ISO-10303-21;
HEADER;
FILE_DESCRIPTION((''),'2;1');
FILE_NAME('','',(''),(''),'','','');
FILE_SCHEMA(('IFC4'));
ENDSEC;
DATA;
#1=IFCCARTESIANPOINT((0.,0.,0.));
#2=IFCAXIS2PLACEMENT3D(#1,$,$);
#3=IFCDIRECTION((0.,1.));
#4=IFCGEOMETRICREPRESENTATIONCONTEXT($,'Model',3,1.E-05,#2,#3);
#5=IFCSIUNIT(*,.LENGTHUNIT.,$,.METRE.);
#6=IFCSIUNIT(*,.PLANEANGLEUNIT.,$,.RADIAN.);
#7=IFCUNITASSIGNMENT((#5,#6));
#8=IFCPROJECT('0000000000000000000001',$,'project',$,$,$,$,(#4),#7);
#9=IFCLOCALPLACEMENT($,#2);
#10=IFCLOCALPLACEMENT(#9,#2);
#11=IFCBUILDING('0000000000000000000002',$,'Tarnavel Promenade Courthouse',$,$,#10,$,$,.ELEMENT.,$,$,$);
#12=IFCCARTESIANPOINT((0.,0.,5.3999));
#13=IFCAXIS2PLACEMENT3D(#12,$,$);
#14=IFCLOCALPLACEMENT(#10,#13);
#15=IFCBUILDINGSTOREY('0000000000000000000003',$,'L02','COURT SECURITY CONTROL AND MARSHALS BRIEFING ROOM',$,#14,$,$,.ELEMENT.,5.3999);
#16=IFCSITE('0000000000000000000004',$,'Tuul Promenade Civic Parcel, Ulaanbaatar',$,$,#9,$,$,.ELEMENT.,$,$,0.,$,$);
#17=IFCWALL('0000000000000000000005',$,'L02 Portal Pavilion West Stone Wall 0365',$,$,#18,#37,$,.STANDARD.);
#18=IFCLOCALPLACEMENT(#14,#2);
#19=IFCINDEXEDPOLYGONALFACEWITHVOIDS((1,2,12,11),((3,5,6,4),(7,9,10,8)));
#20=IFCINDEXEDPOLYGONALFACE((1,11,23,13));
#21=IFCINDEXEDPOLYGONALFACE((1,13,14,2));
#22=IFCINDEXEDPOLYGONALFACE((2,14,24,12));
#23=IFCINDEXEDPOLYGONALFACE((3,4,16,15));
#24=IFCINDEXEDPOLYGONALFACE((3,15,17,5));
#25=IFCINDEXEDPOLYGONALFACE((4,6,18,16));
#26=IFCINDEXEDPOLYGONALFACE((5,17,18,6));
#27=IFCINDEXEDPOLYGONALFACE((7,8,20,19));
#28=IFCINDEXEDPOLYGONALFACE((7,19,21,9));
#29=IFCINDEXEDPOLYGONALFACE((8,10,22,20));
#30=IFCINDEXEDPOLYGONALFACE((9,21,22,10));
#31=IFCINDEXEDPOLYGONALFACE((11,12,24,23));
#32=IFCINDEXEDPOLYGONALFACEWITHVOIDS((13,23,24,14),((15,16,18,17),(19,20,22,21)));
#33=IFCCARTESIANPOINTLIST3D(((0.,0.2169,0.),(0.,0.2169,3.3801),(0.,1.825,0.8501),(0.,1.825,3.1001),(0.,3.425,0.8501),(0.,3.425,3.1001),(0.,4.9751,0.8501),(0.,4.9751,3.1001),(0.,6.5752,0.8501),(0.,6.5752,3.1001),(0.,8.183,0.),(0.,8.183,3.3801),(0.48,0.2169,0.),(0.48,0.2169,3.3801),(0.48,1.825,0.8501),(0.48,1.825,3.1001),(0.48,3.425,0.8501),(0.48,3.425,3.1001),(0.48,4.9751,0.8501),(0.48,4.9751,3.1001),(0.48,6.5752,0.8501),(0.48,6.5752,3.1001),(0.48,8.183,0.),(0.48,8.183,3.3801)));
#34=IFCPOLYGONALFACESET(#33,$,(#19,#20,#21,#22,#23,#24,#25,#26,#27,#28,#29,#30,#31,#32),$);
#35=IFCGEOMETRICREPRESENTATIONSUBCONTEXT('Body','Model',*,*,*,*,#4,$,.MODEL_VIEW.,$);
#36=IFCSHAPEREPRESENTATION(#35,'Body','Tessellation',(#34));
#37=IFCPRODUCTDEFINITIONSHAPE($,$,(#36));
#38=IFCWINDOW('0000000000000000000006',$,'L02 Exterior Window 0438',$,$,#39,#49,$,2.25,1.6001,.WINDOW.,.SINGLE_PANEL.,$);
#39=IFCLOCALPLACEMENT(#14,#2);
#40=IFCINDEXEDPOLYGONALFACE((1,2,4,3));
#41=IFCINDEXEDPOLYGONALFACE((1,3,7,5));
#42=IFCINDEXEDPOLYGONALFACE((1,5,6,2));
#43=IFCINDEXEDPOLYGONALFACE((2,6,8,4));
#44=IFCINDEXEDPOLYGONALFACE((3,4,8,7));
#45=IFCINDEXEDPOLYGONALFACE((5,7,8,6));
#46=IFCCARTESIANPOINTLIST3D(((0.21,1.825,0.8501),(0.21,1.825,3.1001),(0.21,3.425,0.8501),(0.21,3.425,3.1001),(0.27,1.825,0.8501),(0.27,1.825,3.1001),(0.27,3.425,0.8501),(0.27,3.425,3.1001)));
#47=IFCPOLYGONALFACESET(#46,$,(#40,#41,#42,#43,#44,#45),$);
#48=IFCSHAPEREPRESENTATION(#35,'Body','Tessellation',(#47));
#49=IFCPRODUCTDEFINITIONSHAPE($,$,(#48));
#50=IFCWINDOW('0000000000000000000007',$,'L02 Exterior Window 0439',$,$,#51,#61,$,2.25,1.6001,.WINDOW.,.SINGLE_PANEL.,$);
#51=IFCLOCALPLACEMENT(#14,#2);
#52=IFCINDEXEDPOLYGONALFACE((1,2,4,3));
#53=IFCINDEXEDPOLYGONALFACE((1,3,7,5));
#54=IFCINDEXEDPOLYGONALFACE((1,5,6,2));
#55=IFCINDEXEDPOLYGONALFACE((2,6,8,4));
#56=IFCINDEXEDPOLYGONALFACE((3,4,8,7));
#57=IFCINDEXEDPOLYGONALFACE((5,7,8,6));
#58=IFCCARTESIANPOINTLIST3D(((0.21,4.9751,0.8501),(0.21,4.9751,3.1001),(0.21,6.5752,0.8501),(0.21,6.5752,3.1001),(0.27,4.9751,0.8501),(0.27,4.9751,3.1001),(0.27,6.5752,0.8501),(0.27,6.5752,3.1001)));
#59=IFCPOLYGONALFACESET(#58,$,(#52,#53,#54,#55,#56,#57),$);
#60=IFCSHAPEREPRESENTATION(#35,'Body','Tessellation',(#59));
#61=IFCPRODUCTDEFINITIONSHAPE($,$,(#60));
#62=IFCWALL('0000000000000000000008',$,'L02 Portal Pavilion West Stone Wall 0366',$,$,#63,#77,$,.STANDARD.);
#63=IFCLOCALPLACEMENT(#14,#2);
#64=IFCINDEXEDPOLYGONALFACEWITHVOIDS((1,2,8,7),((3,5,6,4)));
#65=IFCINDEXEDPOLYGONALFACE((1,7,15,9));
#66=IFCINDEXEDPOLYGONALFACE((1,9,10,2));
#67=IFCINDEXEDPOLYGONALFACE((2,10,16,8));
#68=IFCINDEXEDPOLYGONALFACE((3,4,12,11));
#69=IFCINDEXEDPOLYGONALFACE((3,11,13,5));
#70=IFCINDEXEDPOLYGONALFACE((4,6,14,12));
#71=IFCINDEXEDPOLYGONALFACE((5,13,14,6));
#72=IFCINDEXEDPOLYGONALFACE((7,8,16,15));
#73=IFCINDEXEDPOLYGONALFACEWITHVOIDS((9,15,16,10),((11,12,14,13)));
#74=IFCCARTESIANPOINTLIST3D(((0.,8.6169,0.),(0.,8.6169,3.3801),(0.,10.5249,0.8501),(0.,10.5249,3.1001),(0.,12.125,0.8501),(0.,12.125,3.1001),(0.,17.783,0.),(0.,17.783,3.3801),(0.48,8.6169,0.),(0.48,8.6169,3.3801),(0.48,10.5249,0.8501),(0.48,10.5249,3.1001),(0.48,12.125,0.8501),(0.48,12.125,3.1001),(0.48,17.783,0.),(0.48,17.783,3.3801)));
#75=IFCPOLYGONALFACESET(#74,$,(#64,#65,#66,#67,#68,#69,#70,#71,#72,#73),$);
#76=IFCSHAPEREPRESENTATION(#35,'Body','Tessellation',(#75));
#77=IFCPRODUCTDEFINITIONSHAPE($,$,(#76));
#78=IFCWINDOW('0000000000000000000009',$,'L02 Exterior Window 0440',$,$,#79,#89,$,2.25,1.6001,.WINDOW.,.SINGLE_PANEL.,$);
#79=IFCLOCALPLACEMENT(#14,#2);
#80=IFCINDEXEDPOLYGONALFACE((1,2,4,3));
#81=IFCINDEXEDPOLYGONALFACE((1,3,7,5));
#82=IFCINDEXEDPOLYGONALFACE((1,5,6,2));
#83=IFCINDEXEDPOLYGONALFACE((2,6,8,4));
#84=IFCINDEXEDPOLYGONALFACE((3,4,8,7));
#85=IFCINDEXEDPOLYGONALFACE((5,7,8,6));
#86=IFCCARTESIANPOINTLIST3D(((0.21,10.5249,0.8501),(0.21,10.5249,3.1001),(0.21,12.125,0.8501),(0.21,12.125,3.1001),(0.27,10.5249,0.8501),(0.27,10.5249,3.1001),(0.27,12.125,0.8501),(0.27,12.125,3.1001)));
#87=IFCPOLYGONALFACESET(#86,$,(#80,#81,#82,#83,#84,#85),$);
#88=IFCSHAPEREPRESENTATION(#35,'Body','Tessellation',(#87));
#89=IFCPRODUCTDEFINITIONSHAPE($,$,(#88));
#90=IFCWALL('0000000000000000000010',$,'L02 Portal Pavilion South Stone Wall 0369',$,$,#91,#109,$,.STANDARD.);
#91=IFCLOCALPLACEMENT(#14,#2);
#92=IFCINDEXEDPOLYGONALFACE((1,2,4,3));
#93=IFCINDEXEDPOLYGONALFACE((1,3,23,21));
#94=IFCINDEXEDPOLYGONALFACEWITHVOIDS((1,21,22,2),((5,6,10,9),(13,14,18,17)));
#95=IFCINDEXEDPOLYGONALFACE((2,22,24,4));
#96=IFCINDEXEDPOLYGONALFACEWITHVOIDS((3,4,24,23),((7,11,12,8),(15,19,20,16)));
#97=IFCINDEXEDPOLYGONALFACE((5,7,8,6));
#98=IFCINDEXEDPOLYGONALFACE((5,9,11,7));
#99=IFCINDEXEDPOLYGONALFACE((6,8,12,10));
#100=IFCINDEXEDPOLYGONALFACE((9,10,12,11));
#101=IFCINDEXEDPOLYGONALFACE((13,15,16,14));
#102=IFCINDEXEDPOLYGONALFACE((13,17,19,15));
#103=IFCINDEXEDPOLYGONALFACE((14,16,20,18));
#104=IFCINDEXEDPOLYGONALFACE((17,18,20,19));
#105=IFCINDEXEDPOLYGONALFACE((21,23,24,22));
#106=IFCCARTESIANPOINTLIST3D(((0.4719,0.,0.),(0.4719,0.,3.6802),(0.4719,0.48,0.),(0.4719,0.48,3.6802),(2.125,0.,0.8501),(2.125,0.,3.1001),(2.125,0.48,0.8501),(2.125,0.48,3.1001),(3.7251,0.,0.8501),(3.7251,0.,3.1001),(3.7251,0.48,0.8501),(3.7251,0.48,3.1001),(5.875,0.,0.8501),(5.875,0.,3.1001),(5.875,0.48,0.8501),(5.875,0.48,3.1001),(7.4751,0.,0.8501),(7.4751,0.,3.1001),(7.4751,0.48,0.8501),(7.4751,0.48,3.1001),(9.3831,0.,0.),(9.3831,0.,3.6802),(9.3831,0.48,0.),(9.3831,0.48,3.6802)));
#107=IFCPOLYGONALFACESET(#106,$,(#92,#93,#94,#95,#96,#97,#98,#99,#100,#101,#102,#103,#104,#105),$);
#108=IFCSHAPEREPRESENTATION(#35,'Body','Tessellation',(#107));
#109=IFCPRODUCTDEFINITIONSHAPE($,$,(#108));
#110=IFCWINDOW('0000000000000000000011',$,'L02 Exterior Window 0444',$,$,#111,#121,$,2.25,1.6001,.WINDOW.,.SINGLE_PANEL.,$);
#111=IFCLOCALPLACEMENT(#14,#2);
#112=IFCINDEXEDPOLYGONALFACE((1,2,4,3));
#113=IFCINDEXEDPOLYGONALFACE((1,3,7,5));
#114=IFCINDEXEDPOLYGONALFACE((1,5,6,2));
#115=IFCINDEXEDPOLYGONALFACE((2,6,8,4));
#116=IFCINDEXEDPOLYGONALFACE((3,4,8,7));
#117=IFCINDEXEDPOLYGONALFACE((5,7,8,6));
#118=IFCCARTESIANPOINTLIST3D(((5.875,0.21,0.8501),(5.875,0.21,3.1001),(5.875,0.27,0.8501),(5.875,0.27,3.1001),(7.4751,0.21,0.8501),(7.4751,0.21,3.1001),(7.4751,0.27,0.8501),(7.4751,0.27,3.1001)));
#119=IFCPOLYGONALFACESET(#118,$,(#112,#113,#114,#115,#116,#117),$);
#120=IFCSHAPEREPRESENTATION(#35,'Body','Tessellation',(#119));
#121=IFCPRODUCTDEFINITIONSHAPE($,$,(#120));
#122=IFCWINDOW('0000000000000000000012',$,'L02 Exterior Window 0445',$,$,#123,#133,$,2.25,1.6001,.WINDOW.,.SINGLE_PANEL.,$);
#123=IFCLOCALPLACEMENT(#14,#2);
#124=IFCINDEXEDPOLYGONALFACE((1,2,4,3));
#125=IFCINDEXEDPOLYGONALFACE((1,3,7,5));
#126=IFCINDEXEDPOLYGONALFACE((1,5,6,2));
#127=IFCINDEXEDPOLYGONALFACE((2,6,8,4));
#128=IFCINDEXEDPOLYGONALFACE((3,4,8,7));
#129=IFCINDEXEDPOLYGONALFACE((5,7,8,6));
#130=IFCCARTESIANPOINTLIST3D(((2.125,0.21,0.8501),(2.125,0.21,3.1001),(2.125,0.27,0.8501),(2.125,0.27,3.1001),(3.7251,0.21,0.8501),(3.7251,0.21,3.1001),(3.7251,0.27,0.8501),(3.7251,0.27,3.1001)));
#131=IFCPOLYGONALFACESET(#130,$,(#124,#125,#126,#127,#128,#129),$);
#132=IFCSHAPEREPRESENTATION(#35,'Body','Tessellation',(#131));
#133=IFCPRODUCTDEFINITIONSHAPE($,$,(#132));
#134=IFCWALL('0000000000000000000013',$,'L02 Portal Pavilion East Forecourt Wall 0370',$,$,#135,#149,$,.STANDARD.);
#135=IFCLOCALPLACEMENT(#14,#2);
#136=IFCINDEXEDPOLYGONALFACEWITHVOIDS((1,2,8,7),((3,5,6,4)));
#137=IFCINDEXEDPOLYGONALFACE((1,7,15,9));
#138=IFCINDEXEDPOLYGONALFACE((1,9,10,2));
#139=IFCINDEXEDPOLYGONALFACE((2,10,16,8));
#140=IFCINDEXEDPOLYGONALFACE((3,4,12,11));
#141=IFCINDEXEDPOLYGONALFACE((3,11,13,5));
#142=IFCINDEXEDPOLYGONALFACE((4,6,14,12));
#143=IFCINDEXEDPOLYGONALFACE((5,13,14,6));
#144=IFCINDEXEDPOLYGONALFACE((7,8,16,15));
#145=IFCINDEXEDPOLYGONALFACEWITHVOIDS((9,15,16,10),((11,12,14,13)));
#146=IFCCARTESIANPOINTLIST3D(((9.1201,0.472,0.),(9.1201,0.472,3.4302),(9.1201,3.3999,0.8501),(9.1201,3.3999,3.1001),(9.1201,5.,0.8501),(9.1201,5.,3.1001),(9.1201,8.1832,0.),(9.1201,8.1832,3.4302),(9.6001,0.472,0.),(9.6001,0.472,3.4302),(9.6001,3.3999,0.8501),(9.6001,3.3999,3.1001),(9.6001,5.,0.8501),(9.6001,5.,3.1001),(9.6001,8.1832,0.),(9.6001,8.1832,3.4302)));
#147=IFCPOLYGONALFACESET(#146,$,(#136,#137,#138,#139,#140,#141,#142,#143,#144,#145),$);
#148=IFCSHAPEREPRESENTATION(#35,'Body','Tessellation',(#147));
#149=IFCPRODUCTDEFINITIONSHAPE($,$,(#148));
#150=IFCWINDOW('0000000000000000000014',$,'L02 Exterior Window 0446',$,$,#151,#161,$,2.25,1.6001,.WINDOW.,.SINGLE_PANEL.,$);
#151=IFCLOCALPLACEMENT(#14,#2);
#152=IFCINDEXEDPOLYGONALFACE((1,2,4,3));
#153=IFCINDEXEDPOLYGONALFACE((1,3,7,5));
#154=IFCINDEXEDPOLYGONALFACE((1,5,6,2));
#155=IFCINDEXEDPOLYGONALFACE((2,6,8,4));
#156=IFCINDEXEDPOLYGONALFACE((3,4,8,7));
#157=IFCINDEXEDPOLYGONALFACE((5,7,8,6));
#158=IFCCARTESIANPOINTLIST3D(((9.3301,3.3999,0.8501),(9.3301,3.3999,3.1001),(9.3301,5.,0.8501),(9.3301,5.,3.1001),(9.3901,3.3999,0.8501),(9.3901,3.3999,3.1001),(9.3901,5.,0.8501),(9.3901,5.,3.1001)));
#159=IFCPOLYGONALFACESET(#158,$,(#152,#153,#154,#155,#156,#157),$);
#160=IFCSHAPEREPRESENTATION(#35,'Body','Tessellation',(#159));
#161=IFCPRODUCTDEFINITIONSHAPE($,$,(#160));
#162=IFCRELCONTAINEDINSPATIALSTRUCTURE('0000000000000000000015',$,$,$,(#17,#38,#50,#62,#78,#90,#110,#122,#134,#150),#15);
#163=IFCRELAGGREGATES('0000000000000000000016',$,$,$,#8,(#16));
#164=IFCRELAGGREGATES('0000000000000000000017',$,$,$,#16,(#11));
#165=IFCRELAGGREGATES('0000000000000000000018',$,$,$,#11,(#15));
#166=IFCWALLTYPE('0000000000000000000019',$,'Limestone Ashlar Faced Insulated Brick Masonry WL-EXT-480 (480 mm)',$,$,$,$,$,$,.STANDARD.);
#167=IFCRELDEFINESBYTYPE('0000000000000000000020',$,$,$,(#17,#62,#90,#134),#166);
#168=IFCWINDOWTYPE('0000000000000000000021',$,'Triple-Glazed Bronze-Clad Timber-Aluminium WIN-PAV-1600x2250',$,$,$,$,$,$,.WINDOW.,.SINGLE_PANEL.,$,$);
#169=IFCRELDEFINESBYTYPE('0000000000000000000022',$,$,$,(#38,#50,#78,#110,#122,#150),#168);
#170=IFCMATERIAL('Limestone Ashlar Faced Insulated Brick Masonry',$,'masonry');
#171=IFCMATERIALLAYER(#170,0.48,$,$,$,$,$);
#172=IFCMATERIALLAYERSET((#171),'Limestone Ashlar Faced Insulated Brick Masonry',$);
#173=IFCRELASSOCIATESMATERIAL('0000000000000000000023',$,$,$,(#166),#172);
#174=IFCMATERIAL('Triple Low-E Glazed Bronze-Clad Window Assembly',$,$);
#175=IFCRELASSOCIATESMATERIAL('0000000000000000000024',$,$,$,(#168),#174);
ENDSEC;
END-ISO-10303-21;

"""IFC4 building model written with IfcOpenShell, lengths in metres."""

from ifc_helpers import new_model, si_unit, direction, frame, frame_2d, origin, place, context, subcontext, project, spatial, rectangle, extrude, material, layer, layer_set, type_object, element, fill, save


model = new_model("IFC4")

# Units and contexts
model_context = context("Model", 3, precision=1e-05, world=origin(), true_north=direction((0.0, 1.0)))
body_context = subcontext(model_context, "Body", "Model", "MODEL_VIEW")
ifc_project = project(units=[si_unit("LENGTHUNIT", "METRE"), si_unit("PLANEANGLEUNIT", "RADIAN")], contexts=[model_context])

# Site, building, storey
site_placement = place(None, origin())
site = spatial("IfcSite", under=ifc_project, at=site_placement, Name="Tuul Promenade Civic Parcel, Ulaanbaatar", CompositionType="ELEMENT", RefElevation=0.0)
building_placement = place(site_placement, origin())
building = spatial("IfcBuilding", under=site, at=building_placement, Name="Tarnavel Promenade Courthouse", CompositionType="ELEMENT")
storey_placement = place(building_placement, frame((0.0, 0.0, 5.3999)))
storey = spatial("IfcBuildingStorey", under=building, at=storey_placement, Name="L02", Description="COURT SECURITY CONTROL AND MARSHALS BRIEFING ROOM", CompositionType="ELEMENT", Elevation=5.3999)

# Wall, openings, windows
ifc_material_1 = material(Name="Limestone Ashlar Faced Insulated Brick Masonry", Category="masonry")
ifc_layer_1 = layer(ifc_material_1, 0.48)
ifc_layer_set_1 = layer_set([ifc_layer_1], Name="Limestone Ashlar Faced Insulated Brick Masonry")
wall_type = type_object("IfcWallType", Name="Limestone Ashlar Faced Insulated Brick Masonry WL-EXT-480 (480 mm)", PredefinedType="STANDARD", material=ifc_layer_set_1)
wall_1_placement = place(storey_placement, frame((0.24, 0.217, 0.0), z_axis=(0.0, 0.0, 1.0), x_axis=(0.0, 1.0, 0.0)))
wall_1 = element("IfcWall", 1, at=wall_1_placement, inside=storey, type_object=wall_type, Name="L02 Portal Pavilion West Stone Wall 0365", PredefinedType="STANDARD", context=body_context, shape_type="SweptSolid", body=[
    extrude(rectangle(XDim=7.9661, YDim=0.48, at=frame_2d((3.9829, 0.0))), origin(), (0.0, 0.0, 1.0), 3.3801),
])
opening_1_placement = place(wall_1_placement, frame((1.6079, 0.0, 0.8501)))
opening_1 = element("IfcOpeningElement", 2, at=opening_1_placement, cuts=wall_1, PredefinedType="OPENING", context=body_context, shape_type="SweptSolid", body=[
    extrude(rectangle(XDim=1.6001, YDim=2.25, at=frame_2d((0.8, 1.125))), frame((0.0, 0.25, 0.0), z_axis=(0.0, -1.0, 0.0), x_axis=(1.0, 0.0, 0.0)), (0.0, 0.0, 1.0), 0.5),
])
opening_2_placement = place(wall_1_placement, frame((4.7581, 0.0, 0.8501)))
opening_2 = element("IfcOpeningElement", 3, at=opening_2_placement, cuts=wall_1, PredefinedType="OPENING", context=body_context, shape_type="SweptSolid", body=[
    extrude(rectangle(XDim=1.6001, YDim=2.25, at=frame_2d((0.8, 1.125))), frame((0.0, 0.25, 0.0), z_axis=(0.0, -1.0, 0.0), x_axis=(1.0, 0.0, 0.0)), (0.0, 0.0, 1.0), 0.5),
])
ifc_material_2 = material(Name="Triple Low-E Glazed Bronze-Clad Window Assembly")
window_type = type_object("IfcWindowType", Name="Triple-Glazed Bronze-Clad Timber-Aluminium WIN-PAV-1600x2250", PartitioningType="SINGLE_PANEL", PredefinedType="WINDOW", material=ifc_material_2)
window_1_placement = place(opening_1_placement, origin())
window_1 = element("IfcWindow", 4, at=window_1_placement, inside=storey, type_object=window_type, Name="L02 Exterior Window 0438", OverallHeight=2.25, OverallWidth=1.6001, PartitioningType="SINGLE_PANEL", PredefinedType="WINDOW", context=body_context, shape_type="SweptSolid", body=[
    extrude(rectangle(XDim=1.6001, YDim=2.25, at=frame_2d((0.8, 1.125))), frame((0.0, 0.03, 0.0), z_axis=(0.0, -1.0, 0.0), x_axis=(1.0, 0.0, 0.0)), (0.0, 0.0, 1.0), 0.0601),
])
fill(opening_1, window_1)
window_2_placement = place(opening_2_placement, origin())
window_2 = element("IfcWindow", 5, at=window_2_placement, inside=storey, type_object=window_type, Name="L02 Exterior Window 0439", OverallHeight=2.25, OverallWidth=1.6001, PartitioningType="SINGLE_PANEL", PredefinedType="WINDOW", context=body_context, shape_type="SweptSolid", body=[
    extrude(rectangle(XDim=1.6001, YDim=2.25, at=frame_2d((0.8, 1.125))), frame((0.0, 0.03, 0.0), z_axis=(0.0, -1.0, 0.0), x_axis=(1.0, 0.0, 0.0)), (0.0, 0.0, 1.0), 0.0601),
])
fill(opening_2, window_2)

# Wall, opening, window
wall_2_placement = place(storey_placement, frame((0.24, 8.6169, 0.0), z_axis=(0.0, 0.0, 1.0), x_axis=(0.0, 1.0, 0.0)))
wall_2 = element("IfcWall", 6, at=wall_2_placement, inside=storey, type_object=wall_type, Name="L02 Portal Pavilion West Stone Wall 0366", PredefinedType="STANDARD", context=body_context, shape_type="SweptSolid", body=[
    extrude(rectangle(XDim=9.166, YDim=0.48, at=frame_2d((4.583, 0.0))), origin(), (0.0, 0.0, 1.0), 3.3801),
])
opening_3_placement = place(wall_2_placement, frame((1.908, 0.0, 0.8501)))
opening_3 = element("IfcOpeningElement", 7, at=opening_3_placement, cuts=wall_2, PredefinedType="OPENING", context=body_context, shape_type="SweptSolid", body=[
    extrude(rectangle(XDim=1.6001, YDim=2.25, at=frame_2d((0.8, 1.125))), frame((0.0, 0.25, 0.0), z_axis=(0.0, -1.0, 0.0), x_axis=(1.0, 0.0, 0.0)), (0.0, 0.0, 1.0), 0.5),
])
window_3_placement = place(opening_3_placement, origin())
window_3 = element("IfcWindow", 8, at=window_3_placement, inside=storey, type_object=window_type, Name="L02 Exterior Window 0440", OverallHeight=2.25, OverallWidth=1.6001, PartitioningType="SINGLE_PANEL", PredefinedType="WINDOW", context=body_context, shape_type="SweptSolid", body=[
    extrude(rectangle(XDim=1.6001, YDim=2.25, at=frame_2d((0.8, 1.125))), frame((0.0, 0.03, 0.0), z_axis=(0.0, -1.0, 0.0), x_axis=(1.0, 0.0, 0.0)), (0.0, 0.0, 1.0), 0.0601),
])
fill(opening_3, window_3)

# Wall, openings, windows
wall_3_placement = place(storey_placement, frame((9.3831, 0.24, 0.0), z_axis=(0.0, 0.0, 1.0), x_axis=(-1.0, 0.0, 0.0)))
wall_3 = element("IfcWall", 9, at=wall_3_placement, inside=storey, type_object=wall_type, Name="L02 Portal Pavilion South Stone Wall 0369", PredefinedType="STANDARD", context=body_context, shape_type="SweptSolid", body=[
    extrude(rectangle(XDim=8.9111, YDim=0.48, at=frame_2d((4.4556, 0.0))), origin(), (0.0, 0.0, 1.0), 3.6802),
])
opening_4_placement = place(wall_3_placement, frame((1.908, 0.0, 0.8501)))
opening_4 = element("IfcOpeningElement", 10, at=opening_4_placement, cuts=wall_3, PredefinedType="OPENING", context=body_context, shape_type="SweptSolid", body=[
    extrude(rectangle(XDim=1.6001, YDim=2.25, at=frame_2d((0.8, 1.125))), frame((0.0, 0.25, 0.0), z_axis=(0.0, -1.0, 0.0), x_axis=(1.0, 0.0, 0.0)), (0.0, 0.0, 1.0), 0.5),
])
opening_5_placement = place(wall_3_placement, frame((5.658, 0.0, 0.8501)))
opening_5 = element("IfcOpeningElement", 11, at=opening_5_placement, cuts=wall_3, PredefinedType="OPENING", context=body_context, shape_type="SweptSolid", body=[
    extrude(rectangle(XDim=1.6001, YDim=2.25, at=frame_2d((0.8, 1.125))), frame((0.0, 0.25, 0.0), z_axis=(0.0, -1.0, 0.0), x_axis=(1.0, 0.0, 0.0)), (0.0, 0.0, 1.0), 0.5),
])
window_4_placement = place(opening_4_placement, origin())
window_4 = element("IfcWindow", 12, at=window_4_placement, inside=storey, type_object=window_type, Name="L02 Exterior Window 0444", OverallHeight=2.25, OverallWidth=1.6001, PartitioningType="SINGLE_PANEL", PredefinedType="WINDOW", context=body_context, shape_type="SweptSolid", body=[
    extrude(rectangle(XDim=1.6001, YDim=2.25, at=frame_2d((0.8, 1.125))), frame((0.0, 0.03, 0.0), z_axis=(0.0, -1.0, 0.0), x_axis=(1.0, 0.0, 0.0)), (0.0, 0.0, 1.0), 0.0601),
])
fill(opening_4, window_4)
window_5_placement = place(opening_5_placement, origin())
window_5 = element("IfcWindow", 13, at=window_5_placement, inside=storey, type_object=window_type, Name="L02 Exterior Window 0445", OverallHeight=2.25, OverallWidth=1.6001, PartitioningType="SINGLE_PANEL", PredefinedType="WINDOW", context=body_context, shape_type="SweptSolid", body=[
    extrude(rectangle(XDim=1.6001, YDim=2.25, at=frame_2d((0.8, 1.125))), frame((0.0, 0.03, 0.0), z_axis=(0.0, -1.0, 0.0), x_axis=(1.0, 0.0, 0.0)), (0.0, 0.0, 1.0), 0.0601),
])
fill(opening_5, window_5)

# Wall, opening, window
wall_4_placement = place(storey_placement, frame((9.3601, 8.1831, 0.0), z_axis=(0.0, 0.0, 1.0), x_axis=(0.0, -1.0, 0.0)))
wall_4 = element("IfcWall", 14, at=wall_4_placement, inside=storey, type_object=wall_type, Name="L02 Portal Pavilion East Forecourt Wall 0370", PredefinedType="STANDARD", context=body_context, shape_type="SweptSolid", body=[
    extrude(rectangle(XDim=7.7112, YDim=0.48, at=frame_2d((3.8555, 0.0))), origin(), (0.0, 0.0, 1.0), 3.4302),
])
opening_6_placement = place(wall_4_placement, frame((3.1831, 0.0, 0.8501)))
opening_6 = element("IfcOpeningElement", 15, at=opening_6_placement, cuts=wall_4, PredefinedType="OPENING", context=body_context, shape_type="SweptSolid", body=[
    extrude(rectangle(XDim=1.6001, YDim=2.25, at=frame_2d((0.8, 1.125))), frame((0.0, 0.25, 0.0), z_axis=(0.0, -1.0, 0.0), x_axis=(1.0, 0.0, 0.0)), (0.0, 0.0, 1.0), 0.5),
])
window_6_placement = place(opening_6_placement, origin())
window_6 = element("IfcWindow", 16, at=window_6_placement, inside=storey, type_object=window_type, Name="L02 Exterior Window 0446", OverallHeight=2.25, OverallWidth=1.6001, PartitioningType="SINGLE_PANEL", PredefinedType="WINDOW", context=body_context, shape_type="SweptSolid", body=[
    extrude(rectangle(XDim=1.6001, YDim=2.25, at=frame_2d((0.8, 1.125))), frame((0.0, 0.03, 0.0), z_axis=(0.0, -1.0, 0.0), x_axis=(1.0, 0.0, 0.0)), (0.0, 0.0, 1.0), 0.0601),
])
fill(opening_6, window_6)

save(model, "model.ifc")
